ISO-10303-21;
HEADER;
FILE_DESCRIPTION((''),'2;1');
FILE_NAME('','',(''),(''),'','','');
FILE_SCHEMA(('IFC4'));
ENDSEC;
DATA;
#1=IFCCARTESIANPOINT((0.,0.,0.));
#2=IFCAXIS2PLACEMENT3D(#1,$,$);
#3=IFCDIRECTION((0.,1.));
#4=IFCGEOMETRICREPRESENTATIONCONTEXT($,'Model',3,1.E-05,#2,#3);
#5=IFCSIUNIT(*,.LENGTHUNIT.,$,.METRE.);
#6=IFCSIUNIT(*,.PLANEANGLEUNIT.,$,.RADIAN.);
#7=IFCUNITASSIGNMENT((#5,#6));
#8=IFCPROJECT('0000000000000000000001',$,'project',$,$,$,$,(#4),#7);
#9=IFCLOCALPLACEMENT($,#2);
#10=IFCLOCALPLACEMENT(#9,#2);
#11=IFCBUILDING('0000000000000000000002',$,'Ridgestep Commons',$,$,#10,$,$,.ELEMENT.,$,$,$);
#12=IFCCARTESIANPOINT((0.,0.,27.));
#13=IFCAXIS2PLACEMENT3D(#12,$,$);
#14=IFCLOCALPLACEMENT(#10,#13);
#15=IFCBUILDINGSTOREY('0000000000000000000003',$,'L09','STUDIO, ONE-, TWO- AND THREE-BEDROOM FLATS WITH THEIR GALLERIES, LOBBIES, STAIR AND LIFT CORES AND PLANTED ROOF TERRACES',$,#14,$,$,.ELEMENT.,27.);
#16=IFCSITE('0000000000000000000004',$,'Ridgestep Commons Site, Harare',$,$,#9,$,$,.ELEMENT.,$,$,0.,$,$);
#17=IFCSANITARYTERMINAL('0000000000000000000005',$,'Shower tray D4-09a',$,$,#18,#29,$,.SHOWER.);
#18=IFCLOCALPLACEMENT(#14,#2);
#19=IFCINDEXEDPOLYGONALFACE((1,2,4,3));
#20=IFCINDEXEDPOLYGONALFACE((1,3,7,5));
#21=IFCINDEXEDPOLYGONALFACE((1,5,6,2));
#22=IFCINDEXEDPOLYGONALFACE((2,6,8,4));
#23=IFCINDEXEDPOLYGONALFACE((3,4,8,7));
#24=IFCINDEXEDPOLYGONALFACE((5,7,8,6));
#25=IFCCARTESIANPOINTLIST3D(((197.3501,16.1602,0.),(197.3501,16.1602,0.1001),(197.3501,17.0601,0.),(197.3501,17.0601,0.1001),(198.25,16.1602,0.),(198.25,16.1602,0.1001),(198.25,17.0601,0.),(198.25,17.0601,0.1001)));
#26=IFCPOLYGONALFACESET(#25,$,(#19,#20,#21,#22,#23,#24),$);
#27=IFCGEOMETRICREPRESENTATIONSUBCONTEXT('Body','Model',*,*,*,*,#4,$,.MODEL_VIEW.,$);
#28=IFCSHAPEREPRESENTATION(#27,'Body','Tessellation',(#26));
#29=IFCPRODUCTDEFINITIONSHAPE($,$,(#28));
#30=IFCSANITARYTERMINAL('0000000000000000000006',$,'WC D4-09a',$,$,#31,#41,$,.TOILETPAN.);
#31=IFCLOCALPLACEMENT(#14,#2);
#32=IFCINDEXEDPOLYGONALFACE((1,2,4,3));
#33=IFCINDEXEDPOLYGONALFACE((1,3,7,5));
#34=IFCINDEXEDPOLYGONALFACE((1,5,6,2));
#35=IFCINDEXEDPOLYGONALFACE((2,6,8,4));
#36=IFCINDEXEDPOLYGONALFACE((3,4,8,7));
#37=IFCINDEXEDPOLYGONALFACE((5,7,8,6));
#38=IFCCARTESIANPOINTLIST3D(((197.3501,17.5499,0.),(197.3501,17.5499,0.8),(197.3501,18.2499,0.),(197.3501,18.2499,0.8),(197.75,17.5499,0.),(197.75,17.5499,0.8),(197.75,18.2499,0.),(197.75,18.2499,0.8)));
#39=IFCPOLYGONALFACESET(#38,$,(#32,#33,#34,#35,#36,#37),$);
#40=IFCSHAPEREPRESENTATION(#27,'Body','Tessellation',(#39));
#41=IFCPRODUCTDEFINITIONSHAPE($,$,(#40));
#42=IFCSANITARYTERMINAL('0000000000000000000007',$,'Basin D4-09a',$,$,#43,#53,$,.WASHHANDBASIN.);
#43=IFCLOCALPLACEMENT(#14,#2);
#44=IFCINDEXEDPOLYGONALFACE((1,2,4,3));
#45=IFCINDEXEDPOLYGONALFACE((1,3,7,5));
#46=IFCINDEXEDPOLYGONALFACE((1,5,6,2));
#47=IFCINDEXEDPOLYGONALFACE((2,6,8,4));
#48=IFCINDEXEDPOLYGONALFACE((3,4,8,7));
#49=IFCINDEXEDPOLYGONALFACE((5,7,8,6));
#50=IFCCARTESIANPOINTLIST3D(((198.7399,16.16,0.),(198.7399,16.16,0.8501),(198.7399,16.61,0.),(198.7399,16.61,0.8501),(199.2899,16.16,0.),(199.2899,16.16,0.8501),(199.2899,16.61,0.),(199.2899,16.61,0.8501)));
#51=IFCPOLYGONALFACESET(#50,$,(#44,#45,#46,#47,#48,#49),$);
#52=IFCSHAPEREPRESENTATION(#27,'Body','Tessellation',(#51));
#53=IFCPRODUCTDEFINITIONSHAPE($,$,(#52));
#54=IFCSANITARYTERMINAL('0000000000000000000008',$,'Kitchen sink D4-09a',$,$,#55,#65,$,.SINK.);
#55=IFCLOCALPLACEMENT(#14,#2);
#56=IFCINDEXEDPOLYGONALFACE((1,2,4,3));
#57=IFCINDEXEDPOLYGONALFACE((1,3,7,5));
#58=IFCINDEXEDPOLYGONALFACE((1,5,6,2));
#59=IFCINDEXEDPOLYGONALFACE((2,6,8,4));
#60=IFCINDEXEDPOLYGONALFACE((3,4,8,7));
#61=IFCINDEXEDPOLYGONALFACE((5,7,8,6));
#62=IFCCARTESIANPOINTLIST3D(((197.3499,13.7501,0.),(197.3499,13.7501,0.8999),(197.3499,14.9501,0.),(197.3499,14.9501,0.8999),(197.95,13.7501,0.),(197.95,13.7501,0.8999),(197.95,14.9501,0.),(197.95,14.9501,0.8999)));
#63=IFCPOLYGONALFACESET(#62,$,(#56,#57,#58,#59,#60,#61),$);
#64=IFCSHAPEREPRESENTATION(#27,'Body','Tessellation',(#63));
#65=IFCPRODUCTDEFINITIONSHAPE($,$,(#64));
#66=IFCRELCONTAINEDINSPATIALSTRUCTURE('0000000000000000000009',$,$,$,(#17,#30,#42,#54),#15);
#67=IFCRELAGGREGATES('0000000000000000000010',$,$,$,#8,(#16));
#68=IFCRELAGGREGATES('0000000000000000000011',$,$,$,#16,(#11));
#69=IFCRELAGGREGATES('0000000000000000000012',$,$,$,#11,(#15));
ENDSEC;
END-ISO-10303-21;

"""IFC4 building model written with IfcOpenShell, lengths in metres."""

from ifc_helpers import new_model, si_unit, direction, frame, origin, origin_2d, place, context, subcontext, project, spatial, rectangle, extrude, element, save


model = new_model("IFC4")

# Units and contexts
model_context = context("Model", 3, precision=1e-05, world=origin(), true_north=direction((0.0, 1.0)))
body_context = subcontext(model_context, "Body", "Model", "MODEL_VIEW")
ifc_project = project(units=[si_unit("LENGTHUNIT", "METRE"), si_unit("PLANEANGLEUNIT", "RADIAN")], contexts=[model_context])

# Site, building, storey
site_placement = place(None, origin())
site = spatial("IfcSite", under=ifc_project, at=site_placement, Name="Ridgestep Commons Site, Harare", CompositionType="ELEMENT", RefElevation=0.0)
building_placement = place(site_placement, origin())
building = spatial("IfcBuilding", under=site, at=building_placement, Name="Ridgestep Commons", CompositionType="ELEMENT")
storey_placement = place(building_placement, frame((0.0, 0.0, 27.0)))
storey = spatial("IfcBuildingStorey", under=building, at=storey_placement, Name="L09", Description="STUDIO, ONE-, TWO- AND THREE-BEDROOM FLATS WITH THEIR GALLERIES, LOBBIES, STAIR AND LIFT CORES AND PLANTED ROOF TERRACES", CompositionType="ELEMENT", Elevation=27.0)

# Sanitary terminals
sanitary_terminal_1_placement = place(storey_placement, frame((197.8, 16.6101, 0.0), z_axis=(0.0, 0.0, 1.0), x_axis=(1.0, 0.0, 0.0)))
element("IfcSanitaryTerminal", 1, at=sanitary_terminal_1_placement, inside=storey, Name="Shower tray D4-09a", PredefinedType="SHOWER", context=body_context, shape_type="SweptSolid", body=[
    extrude(rectangle(XDim=0.8999, YDim=0.8999, at=origin_2d()), origin(), (0.0, 0.0, 1.0), 0.1001),
])
sanitary_terminal_2_placement = place(storey_placement, frame((197.55, 17.8999, 0.0), z_axis=(0.0, 0.0, 1.0), x_axis=(1.0, 0.0, 0.0)))
element("IfcSanitaryTerminal", 2, at=sanitary_terminal_2_placement, inside=storey, Name="WC D4-09a", PredefinedType="TOILETPAN", context=body_context, shape_type="SweptSolid", body=[
    extrude(rectangle(XDim=0.3999, YDim=0.7, at=origin_2d()), origin(), (0.0, 0.0, 1.0), 0.8),
])
sanitary_terminal_3_placement = place(storey_placement, frame((199.0149, 16.385, 0.0), z_axis=(0.0, 0.0, 1.0), x_axis=(1.0, 0.0, 0.0)))
element("IfcSanitaryTerminal", 3, at=sanitary_terminal_3_placement, inside=storey, Name="Basin D4-09a", PredefinedType="WASHHANDBASIN", context=body_context, shape_type="SweptSolid", body=[
    extrude(rectangle(XDim=0.55, YDim=0.45, at=origin_2d()), origin(), (0.0, 0.0, 1.0), 0.8501),
])
sanitary_terminal_4_placement = place(storey_placement, frame((197.6499, 14.3501, 0.0), z_axis=(0.0, 0.0, 1.0), x_axis=(1.0, 0.0, 0.0)))
element("IfcSanitaryTerminal", 4, at=sanitary_terminal_4_placement, inside=storey, Name="Kitchen sink D4-09a", PredefinedType="SINK", context=body_context, shape_type="SweptSolid", body=[
    extrude(rectangle(XDim=0.6001, YDim=1.2, at=origin_2d()), origin(), (0.0, 0.0, 1.0), 0.8999),
])

save(model, "model.ifc")
